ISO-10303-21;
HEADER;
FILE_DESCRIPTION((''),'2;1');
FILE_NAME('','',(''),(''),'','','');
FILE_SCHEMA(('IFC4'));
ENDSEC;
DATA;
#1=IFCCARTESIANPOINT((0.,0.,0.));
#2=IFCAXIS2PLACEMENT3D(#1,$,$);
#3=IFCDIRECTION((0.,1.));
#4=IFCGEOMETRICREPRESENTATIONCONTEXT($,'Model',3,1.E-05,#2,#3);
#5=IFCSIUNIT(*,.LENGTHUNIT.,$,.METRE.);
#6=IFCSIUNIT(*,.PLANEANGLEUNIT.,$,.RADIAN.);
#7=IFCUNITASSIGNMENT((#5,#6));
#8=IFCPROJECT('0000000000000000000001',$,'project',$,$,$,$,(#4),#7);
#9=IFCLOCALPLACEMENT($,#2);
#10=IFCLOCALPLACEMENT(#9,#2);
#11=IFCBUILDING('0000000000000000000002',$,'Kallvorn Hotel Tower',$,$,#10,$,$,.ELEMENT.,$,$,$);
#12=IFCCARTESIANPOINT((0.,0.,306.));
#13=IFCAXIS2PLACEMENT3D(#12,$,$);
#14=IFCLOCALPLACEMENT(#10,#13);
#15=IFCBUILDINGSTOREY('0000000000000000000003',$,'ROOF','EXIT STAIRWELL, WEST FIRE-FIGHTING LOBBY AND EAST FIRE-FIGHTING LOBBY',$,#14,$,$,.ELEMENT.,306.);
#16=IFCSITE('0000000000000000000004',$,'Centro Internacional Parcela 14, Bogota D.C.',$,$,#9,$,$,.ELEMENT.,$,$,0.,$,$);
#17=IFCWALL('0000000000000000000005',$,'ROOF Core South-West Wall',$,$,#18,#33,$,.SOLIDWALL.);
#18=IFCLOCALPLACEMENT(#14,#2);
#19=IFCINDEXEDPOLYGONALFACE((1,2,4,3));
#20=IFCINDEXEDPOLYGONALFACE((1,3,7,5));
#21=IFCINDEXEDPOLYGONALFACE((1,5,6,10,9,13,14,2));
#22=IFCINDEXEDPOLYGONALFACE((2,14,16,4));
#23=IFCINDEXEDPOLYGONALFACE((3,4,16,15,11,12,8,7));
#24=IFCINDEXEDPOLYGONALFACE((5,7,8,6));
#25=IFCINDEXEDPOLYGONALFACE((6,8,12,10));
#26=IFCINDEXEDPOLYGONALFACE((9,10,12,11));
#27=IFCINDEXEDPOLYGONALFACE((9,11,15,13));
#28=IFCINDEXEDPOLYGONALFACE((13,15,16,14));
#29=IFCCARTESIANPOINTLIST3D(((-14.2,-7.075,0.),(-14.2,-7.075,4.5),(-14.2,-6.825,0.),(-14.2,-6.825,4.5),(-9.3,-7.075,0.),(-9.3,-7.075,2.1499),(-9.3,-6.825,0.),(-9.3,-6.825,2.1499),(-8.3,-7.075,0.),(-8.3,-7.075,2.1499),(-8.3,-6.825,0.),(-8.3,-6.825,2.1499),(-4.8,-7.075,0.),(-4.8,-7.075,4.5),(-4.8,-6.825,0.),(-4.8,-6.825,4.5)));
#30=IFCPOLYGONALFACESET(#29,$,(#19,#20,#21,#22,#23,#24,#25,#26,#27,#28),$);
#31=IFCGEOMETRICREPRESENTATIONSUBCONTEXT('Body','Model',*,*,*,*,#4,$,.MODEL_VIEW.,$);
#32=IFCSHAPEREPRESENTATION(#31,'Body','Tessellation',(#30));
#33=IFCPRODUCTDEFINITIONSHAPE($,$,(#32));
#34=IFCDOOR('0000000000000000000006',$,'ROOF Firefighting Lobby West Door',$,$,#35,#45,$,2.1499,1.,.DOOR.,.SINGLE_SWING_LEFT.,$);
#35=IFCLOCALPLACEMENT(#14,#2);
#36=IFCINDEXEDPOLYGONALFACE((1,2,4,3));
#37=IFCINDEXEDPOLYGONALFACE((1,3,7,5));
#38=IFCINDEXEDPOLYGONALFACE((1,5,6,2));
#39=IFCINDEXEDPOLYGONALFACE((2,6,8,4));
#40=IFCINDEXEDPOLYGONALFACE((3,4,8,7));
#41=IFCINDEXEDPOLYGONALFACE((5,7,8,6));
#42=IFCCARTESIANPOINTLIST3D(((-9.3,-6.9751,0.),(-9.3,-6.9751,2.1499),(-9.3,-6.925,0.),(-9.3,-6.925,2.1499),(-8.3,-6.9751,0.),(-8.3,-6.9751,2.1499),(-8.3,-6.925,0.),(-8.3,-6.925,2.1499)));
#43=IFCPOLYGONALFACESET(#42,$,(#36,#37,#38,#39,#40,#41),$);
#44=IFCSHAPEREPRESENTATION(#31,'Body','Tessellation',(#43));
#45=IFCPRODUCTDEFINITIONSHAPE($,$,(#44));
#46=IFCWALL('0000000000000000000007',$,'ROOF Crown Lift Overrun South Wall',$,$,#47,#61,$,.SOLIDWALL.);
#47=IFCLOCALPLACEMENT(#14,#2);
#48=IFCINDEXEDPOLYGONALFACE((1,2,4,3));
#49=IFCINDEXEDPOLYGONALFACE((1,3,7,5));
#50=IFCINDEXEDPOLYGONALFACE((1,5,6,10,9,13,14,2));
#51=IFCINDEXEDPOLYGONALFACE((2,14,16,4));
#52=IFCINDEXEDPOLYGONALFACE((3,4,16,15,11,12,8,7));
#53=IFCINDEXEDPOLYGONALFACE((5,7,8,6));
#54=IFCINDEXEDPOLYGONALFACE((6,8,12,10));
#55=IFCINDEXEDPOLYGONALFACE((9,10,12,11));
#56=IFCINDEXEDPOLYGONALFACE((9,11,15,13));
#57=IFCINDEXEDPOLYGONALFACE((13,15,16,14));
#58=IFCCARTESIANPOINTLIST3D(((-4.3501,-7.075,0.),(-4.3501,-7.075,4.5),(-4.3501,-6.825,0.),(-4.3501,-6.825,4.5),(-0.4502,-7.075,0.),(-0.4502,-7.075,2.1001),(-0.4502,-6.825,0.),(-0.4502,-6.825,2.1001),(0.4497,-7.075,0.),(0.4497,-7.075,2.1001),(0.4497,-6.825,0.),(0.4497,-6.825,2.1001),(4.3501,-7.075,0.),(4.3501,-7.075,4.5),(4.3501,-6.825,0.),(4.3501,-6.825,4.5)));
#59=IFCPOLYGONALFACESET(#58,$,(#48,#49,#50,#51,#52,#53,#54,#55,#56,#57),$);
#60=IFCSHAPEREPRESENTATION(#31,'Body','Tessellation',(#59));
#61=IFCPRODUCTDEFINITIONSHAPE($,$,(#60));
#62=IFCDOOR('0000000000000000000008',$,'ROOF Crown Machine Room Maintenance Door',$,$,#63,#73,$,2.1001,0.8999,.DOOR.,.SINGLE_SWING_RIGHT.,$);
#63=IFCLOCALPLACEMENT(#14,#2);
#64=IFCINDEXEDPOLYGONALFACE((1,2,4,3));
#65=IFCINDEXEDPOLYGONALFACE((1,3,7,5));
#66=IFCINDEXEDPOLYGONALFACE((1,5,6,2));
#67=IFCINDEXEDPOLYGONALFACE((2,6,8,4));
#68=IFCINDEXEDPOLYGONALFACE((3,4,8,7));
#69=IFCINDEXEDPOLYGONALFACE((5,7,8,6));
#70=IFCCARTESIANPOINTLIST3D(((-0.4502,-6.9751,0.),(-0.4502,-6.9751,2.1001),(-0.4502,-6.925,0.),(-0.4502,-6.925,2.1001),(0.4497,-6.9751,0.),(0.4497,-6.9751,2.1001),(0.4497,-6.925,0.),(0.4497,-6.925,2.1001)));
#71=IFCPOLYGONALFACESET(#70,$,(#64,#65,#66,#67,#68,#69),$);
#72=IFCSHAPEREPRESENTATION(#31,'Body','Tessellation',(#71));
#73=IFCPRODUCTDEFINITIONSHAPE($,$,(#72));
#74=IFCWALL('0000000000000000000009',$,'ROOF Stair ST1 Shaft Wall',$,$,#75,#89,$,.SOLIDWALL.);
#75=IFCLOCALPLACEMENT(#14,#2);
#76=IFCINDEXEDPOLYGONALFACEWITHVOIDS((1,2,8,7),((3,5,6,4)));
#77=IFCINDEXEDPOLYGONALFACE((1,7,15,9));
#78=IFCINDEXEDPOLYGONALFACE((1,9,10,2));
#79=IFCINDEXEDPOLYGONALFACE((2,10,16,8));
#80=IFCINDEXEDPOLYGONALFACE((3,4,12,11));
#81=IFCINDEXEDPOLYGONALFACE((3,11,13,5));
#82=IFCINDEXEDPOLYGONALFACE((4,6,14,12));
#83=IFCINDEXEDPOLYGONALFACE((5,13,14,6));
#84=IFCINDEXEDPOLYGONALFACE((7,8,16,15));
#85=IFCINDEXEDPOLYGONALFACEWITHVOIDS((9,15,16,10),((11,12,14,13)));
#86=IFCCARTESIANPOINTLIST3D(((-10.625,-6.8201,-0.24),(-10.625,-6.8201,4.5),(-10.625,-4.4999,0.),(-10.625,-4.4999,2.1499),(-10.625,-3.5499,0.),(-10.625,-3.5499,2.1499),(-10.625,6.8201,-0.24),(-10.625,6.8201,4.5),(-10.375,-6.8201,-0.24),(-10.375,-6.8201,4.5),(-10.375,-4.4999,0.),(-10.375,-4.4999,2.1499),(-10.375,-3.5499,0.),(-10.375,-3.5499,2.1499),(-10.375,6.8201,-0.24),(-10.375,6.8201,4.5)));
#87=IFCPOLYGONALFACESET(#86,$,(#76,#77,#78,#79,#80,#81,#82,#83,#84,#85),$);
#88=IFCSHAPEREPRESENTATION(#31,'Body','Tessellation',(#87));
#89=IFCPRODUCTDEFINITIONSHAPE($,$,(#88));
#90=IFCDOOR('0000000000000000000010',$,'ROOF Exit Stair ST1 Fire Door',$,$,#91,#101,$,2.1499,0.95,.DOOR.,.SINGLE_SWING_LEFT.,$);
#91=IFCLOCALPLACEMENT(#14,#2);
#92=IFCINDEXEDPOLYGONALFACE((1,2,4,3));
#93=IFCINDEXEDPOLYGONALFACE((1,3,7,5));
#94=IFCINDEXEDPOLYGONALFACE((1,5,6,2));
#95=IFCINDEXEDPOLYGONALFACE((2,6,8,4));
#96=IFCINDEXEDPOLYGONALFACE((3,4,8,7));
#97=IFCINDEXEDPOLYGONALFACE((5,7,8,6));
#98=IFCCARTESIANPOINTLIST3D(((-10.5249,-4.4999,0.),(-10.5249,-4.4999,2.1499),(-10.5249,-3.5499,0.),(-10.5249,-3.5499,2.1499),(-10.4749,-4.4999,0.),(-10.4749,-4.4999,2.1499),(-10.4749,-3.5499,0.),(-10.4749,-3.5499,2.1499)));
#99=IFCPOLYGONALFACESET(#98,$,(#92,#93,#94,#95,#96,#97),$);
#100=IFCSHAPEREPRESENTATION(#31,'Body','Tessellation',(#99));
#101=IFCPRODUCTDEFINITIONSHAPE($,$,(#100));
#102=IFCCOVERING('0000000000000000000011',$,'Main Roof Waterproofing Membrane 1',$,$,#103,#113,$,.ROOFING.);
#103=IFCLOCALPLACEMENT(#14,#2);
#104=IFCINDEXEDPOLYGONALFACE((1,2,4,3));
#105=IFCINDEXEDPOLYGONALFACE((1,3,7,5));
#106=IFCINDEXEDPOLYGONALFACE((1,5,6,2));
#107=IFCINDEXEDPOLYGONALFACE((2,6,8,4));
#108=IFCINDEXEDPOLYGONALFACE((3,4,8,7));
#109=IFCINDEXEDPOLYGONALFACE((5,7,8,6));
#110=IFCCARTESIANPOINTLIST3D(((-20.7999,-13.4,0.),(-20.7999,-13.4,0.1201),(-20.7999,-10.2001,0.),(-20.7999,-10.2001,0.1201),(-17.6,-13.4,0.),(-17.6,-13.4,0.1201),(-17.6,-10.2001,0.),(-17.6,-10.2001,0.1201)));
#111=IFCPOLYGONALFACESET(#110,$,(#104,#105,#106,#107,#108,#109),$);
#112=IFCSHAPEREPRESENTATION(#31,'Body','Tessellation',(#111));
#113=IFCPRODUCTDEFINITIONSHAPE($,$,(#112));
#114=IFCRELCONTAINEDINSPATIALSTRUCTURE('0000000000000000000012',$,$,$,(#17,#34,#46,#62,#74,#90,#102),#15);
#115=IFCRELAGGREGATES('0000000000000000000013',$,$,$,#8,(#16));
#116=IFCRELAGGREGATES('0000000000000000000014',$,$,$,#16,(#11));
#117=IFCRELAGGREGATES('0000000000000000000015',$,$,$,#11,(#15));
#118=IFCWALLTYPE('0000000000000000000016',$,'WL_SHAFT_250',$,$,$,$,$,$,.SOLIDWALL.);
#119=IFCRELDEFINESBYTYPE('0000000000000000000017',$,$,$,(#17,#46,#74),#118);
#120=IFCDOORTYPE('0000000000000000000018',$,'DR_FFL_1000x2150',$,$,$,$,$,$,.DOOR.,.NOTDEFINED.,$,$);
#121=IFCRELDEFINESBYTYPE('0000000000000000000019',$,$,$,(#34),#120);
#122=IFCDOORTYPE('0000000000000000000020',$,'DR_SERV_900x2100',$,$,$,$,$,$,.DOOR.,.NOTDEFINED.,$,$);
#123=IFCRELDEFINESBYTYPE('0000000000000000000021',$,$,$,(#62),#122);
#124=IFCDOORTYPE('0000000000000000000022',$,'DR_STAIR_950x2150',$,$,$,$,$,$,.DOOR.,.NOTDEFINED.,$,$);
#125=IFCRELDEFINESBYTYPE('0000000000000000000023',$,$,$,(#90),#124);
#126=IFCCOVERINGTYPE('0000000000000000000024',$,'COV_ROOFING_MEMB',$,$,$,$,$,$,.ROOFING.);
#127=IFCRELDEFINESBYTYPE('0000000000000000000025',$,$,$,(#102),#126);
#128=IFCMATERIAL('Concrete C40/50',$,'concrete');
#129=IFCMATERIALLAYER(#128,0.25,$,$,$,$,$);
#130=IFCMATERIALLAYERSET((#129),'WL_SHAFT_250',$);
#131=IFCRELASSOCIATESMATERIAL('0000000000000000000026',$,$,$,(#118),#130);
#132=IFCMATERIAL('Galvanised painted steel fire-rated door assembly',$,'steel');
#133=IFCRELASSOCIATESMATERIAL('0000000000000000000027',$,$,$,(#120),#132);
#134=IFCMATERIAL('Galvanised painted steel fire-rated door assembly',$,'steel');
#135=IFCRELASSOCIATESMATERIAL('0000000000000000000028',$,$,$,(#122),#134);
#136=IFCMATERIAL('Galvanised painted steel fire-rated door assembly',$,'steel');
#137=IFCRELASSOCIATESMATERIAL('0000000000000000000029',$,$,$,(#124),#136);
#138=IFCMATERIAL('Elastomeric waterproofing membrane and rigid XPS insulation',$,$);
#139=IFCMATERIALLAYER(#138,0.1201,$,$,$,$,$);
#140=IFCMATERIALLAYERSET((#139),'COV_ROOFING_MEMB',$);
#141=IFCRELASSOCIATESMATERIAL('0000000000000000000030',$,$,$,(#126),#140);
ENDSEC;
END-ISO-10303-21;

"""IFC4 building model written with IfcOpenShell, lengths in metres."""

from ifc_helpers import new_model, si_unit, direction, frame, frame_2d, origin, origin_2d, place, context, subcontext, project, spatial, rectangle, extrude, material, layer, layer_set, type_object, element, fill, save


model = new_model("IFC4")

# Units and contexts
model_context = context("Model", 3, precision=1e-05, world=origin(), true_north=direction((0.0, 1.0)))
body_context = subcontext(model_context, "Body", "Model", "MODEL_VIEW")
ifc_project = project(units=[si_unit("LENGTHUNIT", "METRE"), si_unit("PLANEANGLEUNIT", "RADIAN")], contexts=[model_context])

# Site, building, storey
site_placement = place(None, origin())
site = spatial("IfcSite", under=ifc_project, at=site_placement, Name="Centro Internacional Parcela 14, Bogota D.C.", CompositionType="ELEMENT", RefElevation=0.0)
building_placement = place(site_placement, origin())
building = spatial("IfcBuilding", under=site, at=building_placement, Name="Kallvorn Hotel Tower", CompositionType="ELEMENT")
storey_placement = place(building_placement, frame((0.0, 0.0, 306.0)))
storey = spatial("IfcBuildingStorey", under=building, at=storey_placement, Name="ROOF", Description="EXIT STAIRWELL, WEST FIRE-FIGHTING LOBBY AND EAST FIRE-FIGHTING LOBBY", CompositionType="ELEMENT", Elevation=306.0)

# Walls, openings, doors
ifc_material_1 = material(Name="Concrete C40/50", Category="concrete")
ifc_layer_1 = layer(ifc_material_1, 0.25)
ifc_layer_set_1 = layer_set([ifc_layer_1], Name="WL_SHAFT_250")
wall_type_1 = type_object("IfcWallType", Name="WL_SHAFT_250", PredefinedType="SOLIDWALL", material=ifc_layer_set_1)
wall_1_placement = place(storey_placement, frame((-14.2, -6.95, 0.0), z_axis=(0.0, 0.0, 1.0), x_axis=(1.0, 0.0, 0.0)))
wall_1 = element("IfcWall", 1, at=wall_1_placement, inside=storey, type_object=wall_type_1, Name="ROOF Core South-West Wall", PredefinedType="SOLIDWALL", context=body_context, shape_type="SweptSolid", body=[
    extrude(rectangle(XDim=9.3999, YDim=0.25, at=frame_2d((4.7, 0.0))), origin(), (0.0, 0.0, 1.0), 4.5),
])
opening_1_placement = place(wall_1_placement, frame((4.8999, 0.0, 0.0)))
opening_1 = element("IfcOpeningElement", 2, at=opening_1_placement, cuts=wall_1, PredefinedType="OPENING", context=body_context, shape_type="SweptSolid", body=[
    extrude(rectangle(XDim=1.0, YDim=2.1499, at=frame_2d((0.5, 1.075))), frame((0.0, 0.1399, 0.0), z_axis=(0.0, -1.0, 0.0), x_axis=(1.0, 0.0, 0.0)), (0.0, 0.0, 1.0), 0.28),
])
ifc_material_2 = material(Name="Galvanised painted steel fire-rated door assembly", Category="steel")
door_type_1 = type_object("IfcDoorType", Name="DR_FFL_1000x2150", OperationType="NOTDEFINED", PredefinedType="DOOR", material=ifc_material_2)
door_1_placement = place(opening_1_placement, origin())
door_1 = element("IfcDoor", 3, at=door_1_placement, inside=storey, type_object=door_type_1, Name="ROOF Firefighting Lobby West Door", OperationType="SINGLE_SWING_LEFT", OverallHeight=2.1499, OverallWidth=1.0, PredefinedType="DOOR", context=body_context, shape_type="SweptSolid", body=[
    extrude(rectangle(XDim=1.0, YDim=2.1499, at=frame_2d((0.5, 1.075))), frame((0.0, 0.0249, 0.0), z_axis=(0.0, -1.0, 0.0), x_axis=(1.0, 0.0, 0.0)), (0.0, 0.0, 1.0), 0.05),
])
fill(opening_1, door_1)
wall_2_placement = place(storey_placement, frame((-4.3501, -6.95, 0.0), z_axis=(0.0, 0.0, 1.0), x_axis=(1.0, 0.0, 0.0)))
wall_2 = element("IfcWall", 4, at=wall_2_placement, inside=storey, type_object=wall_type_1, Name="ROOF Crown Lift Overrun South Wall", PredefinedType="SOLIDWALL", context=body_context, shape_type="SweptSolid", body=[
    extrude(rectangle(XDim=8.7002, YDim=0.25, at=frame_2d((4.3501, 0.0))), origin(), (0.0, 0.0, 1.0), 4.5),
])
opening_2_placement = place(wall_2_placement, frame((3.8999, 0.0, 0.0)))
opening_2 = element("IfcOpeningElement", 5, at=opening_2_placement, cuts=wall_2, PredefinedType="OPENING", context=body_context, shape_type="SweptSolid", body=[
    extrude(rectangle(XDim=0.8999, YDim=2.1001, at=frame_2d((0.45, 1.05))), frame((0.0, 0.1399, 0.0), z_axis=(0.0, -1.0, 0.0), x_axis=(1.0, 0.0, 0.0)), (0.0, 0.0, 1.0), 0.28),
])
ifc_material_3 = material(Name="Galvanised painted steel fire-rated door assembly", Category="steel")
door_type_2 = type_object("IfcDoorType", Name="DR_SERV_900x2100", OperationType="NOTDEFINED", PredefinedType="DOOR", material=ifc_material_3)
door_2_placement = place(opening_2_placement, origin())
door_2 = element("IfcDoor", 6, at=door_2_placement, inside=storey, type_object=door_type_2, Name="ROOF Crown Machine Room Maintenance Door", OperationType="SINGLE_SWING_RIGHT", OverallHeight=2.1001, OverallWidth=0.8999, PredefinedType="DOOR", context=body_context, shape_type="SweptSolid", body=[
    extrude(rectangle(XDim=0.8999, YDim=2.1001, at=frame_2d((0.45, 1.05))), frame((0.0, 0.0249, 0.0), z_axis=(0.0, -1.0, 0.0), x_axis=(1.0, 0.0, 0.0)), (0.0, 0.0, 1.0), 0.05),
])
fill(opening_2, door_2)
wall_3_placement = place(storey_placement, frame((-10.5, -6.8201, -0.24), z_axis=(0.0, 0.0, 1.0), x_axis=(0.0, 1.0, 0.0)))
wall_3 = element("IfcWall", 7, at=wall_3_placement, inside=storey, type_object=wall_type_1, Name="ROOF Stair ST1 Shaft Wall", PredefinedType="SOLIDWALL", context=body_context, shape_type="SweptSolid", body=[
    extrude(rectangle(XDim=13.6401, YDim=0.25, at=frame_2d((6.8201, 0.0))), origin(), (0.0, 0.0, 1.0), 4.74),
])
opening_3_placement = place(wall_3_placement, frame((2.3201, 0.0, 0.24)))
opening_3 = element("IfcOpeningElement", 8, at=opening_3_placement, cuts=wall_3, PredefinedType="OPENING", context=body_context, shape_type="SweptSolid", body=[
    extrude(rectangle(XDim=0.95, YDim=2.1499, at=frame_2d((0.4751, 1.075))), frame((0.0, 0.1399, 0.0), z_axis=(0.0, -1.0, 0.0), x_axis=(1.0, 0.0, 0.0)), (0.0, 0.0, 1.0), 0.28),
])
ifc_material_4 = material(Name="Galvanised painted steel fire-rated door assembly", Category="steel")
door_type_3 = type_object("IfcDoorType", Name="DR_STAIR_950x2150", OperationType="NOTDEFINED", PredefinedType="DOOR", material=ifc_material_4)
door_3_placement = place(opening_3_placement, origin())
door_3 = element("IfcDoor", 9, at=door_3_placement, inside=storey, type_object=door_type_3, Name="ROOF Exit Stair ST1 Fire Door", OperationType="SINGLE_SWING_LEFT", OverallHeight=2.1499, OverallWidth=0.95, PredefinedType="DOOR", context=body_context, shape_type="SweptSolid", body=[
    extrude(rectangle(XDim=0.95, YDim=2.1499, at=frame_2d((0.4751, 1.075))), frame((0.0, 0.0249, 0.0), z_axis=(0.0, -1.0, 0.0), x_axis=(1.0, 0.0, 0.0)), (0.0, 0.0, 1.0), 0.05),
])
fill(opening_3, door_3)

# Covering
ifc_material_5 = material(Name="Elastomeric waterproofing membrane and rigid XPS insulation")
ifc_layer_2 = layer(ifc_material_5, 0.1201)
ifc_layer_set_2 = layer_set([ifc_layer_2], Name="COV_ROOFING_MEMB")
covering_type = type_object("IfcCoveringType", Name="COV_ROOFING_MEMB", PredefinedType="ROOFING", material=ifc_layer_set_2)
covering_placement = place(storey_placement, frame((-19.2, -11.8, 0.0), z_axis=(0.0, 0.0, 1.0), x_axis=(1.0, 0.0, 0.0)))
element("IfcCovering", 10, at=covering_placement, inside=storey, type_object=covering_type, Name="Main Roof Waterproofing Membrane 1", PredefinedType="ROOFING", context=body_context, shape_type="SweptSolid", body=[
    extrude(rectangle(XDim=3.2, YDim=3.2, at=origin_2d()), origin(), (0.0, 0.0, 1.0), 0.1201),
])

save(model, "model.ifc")
